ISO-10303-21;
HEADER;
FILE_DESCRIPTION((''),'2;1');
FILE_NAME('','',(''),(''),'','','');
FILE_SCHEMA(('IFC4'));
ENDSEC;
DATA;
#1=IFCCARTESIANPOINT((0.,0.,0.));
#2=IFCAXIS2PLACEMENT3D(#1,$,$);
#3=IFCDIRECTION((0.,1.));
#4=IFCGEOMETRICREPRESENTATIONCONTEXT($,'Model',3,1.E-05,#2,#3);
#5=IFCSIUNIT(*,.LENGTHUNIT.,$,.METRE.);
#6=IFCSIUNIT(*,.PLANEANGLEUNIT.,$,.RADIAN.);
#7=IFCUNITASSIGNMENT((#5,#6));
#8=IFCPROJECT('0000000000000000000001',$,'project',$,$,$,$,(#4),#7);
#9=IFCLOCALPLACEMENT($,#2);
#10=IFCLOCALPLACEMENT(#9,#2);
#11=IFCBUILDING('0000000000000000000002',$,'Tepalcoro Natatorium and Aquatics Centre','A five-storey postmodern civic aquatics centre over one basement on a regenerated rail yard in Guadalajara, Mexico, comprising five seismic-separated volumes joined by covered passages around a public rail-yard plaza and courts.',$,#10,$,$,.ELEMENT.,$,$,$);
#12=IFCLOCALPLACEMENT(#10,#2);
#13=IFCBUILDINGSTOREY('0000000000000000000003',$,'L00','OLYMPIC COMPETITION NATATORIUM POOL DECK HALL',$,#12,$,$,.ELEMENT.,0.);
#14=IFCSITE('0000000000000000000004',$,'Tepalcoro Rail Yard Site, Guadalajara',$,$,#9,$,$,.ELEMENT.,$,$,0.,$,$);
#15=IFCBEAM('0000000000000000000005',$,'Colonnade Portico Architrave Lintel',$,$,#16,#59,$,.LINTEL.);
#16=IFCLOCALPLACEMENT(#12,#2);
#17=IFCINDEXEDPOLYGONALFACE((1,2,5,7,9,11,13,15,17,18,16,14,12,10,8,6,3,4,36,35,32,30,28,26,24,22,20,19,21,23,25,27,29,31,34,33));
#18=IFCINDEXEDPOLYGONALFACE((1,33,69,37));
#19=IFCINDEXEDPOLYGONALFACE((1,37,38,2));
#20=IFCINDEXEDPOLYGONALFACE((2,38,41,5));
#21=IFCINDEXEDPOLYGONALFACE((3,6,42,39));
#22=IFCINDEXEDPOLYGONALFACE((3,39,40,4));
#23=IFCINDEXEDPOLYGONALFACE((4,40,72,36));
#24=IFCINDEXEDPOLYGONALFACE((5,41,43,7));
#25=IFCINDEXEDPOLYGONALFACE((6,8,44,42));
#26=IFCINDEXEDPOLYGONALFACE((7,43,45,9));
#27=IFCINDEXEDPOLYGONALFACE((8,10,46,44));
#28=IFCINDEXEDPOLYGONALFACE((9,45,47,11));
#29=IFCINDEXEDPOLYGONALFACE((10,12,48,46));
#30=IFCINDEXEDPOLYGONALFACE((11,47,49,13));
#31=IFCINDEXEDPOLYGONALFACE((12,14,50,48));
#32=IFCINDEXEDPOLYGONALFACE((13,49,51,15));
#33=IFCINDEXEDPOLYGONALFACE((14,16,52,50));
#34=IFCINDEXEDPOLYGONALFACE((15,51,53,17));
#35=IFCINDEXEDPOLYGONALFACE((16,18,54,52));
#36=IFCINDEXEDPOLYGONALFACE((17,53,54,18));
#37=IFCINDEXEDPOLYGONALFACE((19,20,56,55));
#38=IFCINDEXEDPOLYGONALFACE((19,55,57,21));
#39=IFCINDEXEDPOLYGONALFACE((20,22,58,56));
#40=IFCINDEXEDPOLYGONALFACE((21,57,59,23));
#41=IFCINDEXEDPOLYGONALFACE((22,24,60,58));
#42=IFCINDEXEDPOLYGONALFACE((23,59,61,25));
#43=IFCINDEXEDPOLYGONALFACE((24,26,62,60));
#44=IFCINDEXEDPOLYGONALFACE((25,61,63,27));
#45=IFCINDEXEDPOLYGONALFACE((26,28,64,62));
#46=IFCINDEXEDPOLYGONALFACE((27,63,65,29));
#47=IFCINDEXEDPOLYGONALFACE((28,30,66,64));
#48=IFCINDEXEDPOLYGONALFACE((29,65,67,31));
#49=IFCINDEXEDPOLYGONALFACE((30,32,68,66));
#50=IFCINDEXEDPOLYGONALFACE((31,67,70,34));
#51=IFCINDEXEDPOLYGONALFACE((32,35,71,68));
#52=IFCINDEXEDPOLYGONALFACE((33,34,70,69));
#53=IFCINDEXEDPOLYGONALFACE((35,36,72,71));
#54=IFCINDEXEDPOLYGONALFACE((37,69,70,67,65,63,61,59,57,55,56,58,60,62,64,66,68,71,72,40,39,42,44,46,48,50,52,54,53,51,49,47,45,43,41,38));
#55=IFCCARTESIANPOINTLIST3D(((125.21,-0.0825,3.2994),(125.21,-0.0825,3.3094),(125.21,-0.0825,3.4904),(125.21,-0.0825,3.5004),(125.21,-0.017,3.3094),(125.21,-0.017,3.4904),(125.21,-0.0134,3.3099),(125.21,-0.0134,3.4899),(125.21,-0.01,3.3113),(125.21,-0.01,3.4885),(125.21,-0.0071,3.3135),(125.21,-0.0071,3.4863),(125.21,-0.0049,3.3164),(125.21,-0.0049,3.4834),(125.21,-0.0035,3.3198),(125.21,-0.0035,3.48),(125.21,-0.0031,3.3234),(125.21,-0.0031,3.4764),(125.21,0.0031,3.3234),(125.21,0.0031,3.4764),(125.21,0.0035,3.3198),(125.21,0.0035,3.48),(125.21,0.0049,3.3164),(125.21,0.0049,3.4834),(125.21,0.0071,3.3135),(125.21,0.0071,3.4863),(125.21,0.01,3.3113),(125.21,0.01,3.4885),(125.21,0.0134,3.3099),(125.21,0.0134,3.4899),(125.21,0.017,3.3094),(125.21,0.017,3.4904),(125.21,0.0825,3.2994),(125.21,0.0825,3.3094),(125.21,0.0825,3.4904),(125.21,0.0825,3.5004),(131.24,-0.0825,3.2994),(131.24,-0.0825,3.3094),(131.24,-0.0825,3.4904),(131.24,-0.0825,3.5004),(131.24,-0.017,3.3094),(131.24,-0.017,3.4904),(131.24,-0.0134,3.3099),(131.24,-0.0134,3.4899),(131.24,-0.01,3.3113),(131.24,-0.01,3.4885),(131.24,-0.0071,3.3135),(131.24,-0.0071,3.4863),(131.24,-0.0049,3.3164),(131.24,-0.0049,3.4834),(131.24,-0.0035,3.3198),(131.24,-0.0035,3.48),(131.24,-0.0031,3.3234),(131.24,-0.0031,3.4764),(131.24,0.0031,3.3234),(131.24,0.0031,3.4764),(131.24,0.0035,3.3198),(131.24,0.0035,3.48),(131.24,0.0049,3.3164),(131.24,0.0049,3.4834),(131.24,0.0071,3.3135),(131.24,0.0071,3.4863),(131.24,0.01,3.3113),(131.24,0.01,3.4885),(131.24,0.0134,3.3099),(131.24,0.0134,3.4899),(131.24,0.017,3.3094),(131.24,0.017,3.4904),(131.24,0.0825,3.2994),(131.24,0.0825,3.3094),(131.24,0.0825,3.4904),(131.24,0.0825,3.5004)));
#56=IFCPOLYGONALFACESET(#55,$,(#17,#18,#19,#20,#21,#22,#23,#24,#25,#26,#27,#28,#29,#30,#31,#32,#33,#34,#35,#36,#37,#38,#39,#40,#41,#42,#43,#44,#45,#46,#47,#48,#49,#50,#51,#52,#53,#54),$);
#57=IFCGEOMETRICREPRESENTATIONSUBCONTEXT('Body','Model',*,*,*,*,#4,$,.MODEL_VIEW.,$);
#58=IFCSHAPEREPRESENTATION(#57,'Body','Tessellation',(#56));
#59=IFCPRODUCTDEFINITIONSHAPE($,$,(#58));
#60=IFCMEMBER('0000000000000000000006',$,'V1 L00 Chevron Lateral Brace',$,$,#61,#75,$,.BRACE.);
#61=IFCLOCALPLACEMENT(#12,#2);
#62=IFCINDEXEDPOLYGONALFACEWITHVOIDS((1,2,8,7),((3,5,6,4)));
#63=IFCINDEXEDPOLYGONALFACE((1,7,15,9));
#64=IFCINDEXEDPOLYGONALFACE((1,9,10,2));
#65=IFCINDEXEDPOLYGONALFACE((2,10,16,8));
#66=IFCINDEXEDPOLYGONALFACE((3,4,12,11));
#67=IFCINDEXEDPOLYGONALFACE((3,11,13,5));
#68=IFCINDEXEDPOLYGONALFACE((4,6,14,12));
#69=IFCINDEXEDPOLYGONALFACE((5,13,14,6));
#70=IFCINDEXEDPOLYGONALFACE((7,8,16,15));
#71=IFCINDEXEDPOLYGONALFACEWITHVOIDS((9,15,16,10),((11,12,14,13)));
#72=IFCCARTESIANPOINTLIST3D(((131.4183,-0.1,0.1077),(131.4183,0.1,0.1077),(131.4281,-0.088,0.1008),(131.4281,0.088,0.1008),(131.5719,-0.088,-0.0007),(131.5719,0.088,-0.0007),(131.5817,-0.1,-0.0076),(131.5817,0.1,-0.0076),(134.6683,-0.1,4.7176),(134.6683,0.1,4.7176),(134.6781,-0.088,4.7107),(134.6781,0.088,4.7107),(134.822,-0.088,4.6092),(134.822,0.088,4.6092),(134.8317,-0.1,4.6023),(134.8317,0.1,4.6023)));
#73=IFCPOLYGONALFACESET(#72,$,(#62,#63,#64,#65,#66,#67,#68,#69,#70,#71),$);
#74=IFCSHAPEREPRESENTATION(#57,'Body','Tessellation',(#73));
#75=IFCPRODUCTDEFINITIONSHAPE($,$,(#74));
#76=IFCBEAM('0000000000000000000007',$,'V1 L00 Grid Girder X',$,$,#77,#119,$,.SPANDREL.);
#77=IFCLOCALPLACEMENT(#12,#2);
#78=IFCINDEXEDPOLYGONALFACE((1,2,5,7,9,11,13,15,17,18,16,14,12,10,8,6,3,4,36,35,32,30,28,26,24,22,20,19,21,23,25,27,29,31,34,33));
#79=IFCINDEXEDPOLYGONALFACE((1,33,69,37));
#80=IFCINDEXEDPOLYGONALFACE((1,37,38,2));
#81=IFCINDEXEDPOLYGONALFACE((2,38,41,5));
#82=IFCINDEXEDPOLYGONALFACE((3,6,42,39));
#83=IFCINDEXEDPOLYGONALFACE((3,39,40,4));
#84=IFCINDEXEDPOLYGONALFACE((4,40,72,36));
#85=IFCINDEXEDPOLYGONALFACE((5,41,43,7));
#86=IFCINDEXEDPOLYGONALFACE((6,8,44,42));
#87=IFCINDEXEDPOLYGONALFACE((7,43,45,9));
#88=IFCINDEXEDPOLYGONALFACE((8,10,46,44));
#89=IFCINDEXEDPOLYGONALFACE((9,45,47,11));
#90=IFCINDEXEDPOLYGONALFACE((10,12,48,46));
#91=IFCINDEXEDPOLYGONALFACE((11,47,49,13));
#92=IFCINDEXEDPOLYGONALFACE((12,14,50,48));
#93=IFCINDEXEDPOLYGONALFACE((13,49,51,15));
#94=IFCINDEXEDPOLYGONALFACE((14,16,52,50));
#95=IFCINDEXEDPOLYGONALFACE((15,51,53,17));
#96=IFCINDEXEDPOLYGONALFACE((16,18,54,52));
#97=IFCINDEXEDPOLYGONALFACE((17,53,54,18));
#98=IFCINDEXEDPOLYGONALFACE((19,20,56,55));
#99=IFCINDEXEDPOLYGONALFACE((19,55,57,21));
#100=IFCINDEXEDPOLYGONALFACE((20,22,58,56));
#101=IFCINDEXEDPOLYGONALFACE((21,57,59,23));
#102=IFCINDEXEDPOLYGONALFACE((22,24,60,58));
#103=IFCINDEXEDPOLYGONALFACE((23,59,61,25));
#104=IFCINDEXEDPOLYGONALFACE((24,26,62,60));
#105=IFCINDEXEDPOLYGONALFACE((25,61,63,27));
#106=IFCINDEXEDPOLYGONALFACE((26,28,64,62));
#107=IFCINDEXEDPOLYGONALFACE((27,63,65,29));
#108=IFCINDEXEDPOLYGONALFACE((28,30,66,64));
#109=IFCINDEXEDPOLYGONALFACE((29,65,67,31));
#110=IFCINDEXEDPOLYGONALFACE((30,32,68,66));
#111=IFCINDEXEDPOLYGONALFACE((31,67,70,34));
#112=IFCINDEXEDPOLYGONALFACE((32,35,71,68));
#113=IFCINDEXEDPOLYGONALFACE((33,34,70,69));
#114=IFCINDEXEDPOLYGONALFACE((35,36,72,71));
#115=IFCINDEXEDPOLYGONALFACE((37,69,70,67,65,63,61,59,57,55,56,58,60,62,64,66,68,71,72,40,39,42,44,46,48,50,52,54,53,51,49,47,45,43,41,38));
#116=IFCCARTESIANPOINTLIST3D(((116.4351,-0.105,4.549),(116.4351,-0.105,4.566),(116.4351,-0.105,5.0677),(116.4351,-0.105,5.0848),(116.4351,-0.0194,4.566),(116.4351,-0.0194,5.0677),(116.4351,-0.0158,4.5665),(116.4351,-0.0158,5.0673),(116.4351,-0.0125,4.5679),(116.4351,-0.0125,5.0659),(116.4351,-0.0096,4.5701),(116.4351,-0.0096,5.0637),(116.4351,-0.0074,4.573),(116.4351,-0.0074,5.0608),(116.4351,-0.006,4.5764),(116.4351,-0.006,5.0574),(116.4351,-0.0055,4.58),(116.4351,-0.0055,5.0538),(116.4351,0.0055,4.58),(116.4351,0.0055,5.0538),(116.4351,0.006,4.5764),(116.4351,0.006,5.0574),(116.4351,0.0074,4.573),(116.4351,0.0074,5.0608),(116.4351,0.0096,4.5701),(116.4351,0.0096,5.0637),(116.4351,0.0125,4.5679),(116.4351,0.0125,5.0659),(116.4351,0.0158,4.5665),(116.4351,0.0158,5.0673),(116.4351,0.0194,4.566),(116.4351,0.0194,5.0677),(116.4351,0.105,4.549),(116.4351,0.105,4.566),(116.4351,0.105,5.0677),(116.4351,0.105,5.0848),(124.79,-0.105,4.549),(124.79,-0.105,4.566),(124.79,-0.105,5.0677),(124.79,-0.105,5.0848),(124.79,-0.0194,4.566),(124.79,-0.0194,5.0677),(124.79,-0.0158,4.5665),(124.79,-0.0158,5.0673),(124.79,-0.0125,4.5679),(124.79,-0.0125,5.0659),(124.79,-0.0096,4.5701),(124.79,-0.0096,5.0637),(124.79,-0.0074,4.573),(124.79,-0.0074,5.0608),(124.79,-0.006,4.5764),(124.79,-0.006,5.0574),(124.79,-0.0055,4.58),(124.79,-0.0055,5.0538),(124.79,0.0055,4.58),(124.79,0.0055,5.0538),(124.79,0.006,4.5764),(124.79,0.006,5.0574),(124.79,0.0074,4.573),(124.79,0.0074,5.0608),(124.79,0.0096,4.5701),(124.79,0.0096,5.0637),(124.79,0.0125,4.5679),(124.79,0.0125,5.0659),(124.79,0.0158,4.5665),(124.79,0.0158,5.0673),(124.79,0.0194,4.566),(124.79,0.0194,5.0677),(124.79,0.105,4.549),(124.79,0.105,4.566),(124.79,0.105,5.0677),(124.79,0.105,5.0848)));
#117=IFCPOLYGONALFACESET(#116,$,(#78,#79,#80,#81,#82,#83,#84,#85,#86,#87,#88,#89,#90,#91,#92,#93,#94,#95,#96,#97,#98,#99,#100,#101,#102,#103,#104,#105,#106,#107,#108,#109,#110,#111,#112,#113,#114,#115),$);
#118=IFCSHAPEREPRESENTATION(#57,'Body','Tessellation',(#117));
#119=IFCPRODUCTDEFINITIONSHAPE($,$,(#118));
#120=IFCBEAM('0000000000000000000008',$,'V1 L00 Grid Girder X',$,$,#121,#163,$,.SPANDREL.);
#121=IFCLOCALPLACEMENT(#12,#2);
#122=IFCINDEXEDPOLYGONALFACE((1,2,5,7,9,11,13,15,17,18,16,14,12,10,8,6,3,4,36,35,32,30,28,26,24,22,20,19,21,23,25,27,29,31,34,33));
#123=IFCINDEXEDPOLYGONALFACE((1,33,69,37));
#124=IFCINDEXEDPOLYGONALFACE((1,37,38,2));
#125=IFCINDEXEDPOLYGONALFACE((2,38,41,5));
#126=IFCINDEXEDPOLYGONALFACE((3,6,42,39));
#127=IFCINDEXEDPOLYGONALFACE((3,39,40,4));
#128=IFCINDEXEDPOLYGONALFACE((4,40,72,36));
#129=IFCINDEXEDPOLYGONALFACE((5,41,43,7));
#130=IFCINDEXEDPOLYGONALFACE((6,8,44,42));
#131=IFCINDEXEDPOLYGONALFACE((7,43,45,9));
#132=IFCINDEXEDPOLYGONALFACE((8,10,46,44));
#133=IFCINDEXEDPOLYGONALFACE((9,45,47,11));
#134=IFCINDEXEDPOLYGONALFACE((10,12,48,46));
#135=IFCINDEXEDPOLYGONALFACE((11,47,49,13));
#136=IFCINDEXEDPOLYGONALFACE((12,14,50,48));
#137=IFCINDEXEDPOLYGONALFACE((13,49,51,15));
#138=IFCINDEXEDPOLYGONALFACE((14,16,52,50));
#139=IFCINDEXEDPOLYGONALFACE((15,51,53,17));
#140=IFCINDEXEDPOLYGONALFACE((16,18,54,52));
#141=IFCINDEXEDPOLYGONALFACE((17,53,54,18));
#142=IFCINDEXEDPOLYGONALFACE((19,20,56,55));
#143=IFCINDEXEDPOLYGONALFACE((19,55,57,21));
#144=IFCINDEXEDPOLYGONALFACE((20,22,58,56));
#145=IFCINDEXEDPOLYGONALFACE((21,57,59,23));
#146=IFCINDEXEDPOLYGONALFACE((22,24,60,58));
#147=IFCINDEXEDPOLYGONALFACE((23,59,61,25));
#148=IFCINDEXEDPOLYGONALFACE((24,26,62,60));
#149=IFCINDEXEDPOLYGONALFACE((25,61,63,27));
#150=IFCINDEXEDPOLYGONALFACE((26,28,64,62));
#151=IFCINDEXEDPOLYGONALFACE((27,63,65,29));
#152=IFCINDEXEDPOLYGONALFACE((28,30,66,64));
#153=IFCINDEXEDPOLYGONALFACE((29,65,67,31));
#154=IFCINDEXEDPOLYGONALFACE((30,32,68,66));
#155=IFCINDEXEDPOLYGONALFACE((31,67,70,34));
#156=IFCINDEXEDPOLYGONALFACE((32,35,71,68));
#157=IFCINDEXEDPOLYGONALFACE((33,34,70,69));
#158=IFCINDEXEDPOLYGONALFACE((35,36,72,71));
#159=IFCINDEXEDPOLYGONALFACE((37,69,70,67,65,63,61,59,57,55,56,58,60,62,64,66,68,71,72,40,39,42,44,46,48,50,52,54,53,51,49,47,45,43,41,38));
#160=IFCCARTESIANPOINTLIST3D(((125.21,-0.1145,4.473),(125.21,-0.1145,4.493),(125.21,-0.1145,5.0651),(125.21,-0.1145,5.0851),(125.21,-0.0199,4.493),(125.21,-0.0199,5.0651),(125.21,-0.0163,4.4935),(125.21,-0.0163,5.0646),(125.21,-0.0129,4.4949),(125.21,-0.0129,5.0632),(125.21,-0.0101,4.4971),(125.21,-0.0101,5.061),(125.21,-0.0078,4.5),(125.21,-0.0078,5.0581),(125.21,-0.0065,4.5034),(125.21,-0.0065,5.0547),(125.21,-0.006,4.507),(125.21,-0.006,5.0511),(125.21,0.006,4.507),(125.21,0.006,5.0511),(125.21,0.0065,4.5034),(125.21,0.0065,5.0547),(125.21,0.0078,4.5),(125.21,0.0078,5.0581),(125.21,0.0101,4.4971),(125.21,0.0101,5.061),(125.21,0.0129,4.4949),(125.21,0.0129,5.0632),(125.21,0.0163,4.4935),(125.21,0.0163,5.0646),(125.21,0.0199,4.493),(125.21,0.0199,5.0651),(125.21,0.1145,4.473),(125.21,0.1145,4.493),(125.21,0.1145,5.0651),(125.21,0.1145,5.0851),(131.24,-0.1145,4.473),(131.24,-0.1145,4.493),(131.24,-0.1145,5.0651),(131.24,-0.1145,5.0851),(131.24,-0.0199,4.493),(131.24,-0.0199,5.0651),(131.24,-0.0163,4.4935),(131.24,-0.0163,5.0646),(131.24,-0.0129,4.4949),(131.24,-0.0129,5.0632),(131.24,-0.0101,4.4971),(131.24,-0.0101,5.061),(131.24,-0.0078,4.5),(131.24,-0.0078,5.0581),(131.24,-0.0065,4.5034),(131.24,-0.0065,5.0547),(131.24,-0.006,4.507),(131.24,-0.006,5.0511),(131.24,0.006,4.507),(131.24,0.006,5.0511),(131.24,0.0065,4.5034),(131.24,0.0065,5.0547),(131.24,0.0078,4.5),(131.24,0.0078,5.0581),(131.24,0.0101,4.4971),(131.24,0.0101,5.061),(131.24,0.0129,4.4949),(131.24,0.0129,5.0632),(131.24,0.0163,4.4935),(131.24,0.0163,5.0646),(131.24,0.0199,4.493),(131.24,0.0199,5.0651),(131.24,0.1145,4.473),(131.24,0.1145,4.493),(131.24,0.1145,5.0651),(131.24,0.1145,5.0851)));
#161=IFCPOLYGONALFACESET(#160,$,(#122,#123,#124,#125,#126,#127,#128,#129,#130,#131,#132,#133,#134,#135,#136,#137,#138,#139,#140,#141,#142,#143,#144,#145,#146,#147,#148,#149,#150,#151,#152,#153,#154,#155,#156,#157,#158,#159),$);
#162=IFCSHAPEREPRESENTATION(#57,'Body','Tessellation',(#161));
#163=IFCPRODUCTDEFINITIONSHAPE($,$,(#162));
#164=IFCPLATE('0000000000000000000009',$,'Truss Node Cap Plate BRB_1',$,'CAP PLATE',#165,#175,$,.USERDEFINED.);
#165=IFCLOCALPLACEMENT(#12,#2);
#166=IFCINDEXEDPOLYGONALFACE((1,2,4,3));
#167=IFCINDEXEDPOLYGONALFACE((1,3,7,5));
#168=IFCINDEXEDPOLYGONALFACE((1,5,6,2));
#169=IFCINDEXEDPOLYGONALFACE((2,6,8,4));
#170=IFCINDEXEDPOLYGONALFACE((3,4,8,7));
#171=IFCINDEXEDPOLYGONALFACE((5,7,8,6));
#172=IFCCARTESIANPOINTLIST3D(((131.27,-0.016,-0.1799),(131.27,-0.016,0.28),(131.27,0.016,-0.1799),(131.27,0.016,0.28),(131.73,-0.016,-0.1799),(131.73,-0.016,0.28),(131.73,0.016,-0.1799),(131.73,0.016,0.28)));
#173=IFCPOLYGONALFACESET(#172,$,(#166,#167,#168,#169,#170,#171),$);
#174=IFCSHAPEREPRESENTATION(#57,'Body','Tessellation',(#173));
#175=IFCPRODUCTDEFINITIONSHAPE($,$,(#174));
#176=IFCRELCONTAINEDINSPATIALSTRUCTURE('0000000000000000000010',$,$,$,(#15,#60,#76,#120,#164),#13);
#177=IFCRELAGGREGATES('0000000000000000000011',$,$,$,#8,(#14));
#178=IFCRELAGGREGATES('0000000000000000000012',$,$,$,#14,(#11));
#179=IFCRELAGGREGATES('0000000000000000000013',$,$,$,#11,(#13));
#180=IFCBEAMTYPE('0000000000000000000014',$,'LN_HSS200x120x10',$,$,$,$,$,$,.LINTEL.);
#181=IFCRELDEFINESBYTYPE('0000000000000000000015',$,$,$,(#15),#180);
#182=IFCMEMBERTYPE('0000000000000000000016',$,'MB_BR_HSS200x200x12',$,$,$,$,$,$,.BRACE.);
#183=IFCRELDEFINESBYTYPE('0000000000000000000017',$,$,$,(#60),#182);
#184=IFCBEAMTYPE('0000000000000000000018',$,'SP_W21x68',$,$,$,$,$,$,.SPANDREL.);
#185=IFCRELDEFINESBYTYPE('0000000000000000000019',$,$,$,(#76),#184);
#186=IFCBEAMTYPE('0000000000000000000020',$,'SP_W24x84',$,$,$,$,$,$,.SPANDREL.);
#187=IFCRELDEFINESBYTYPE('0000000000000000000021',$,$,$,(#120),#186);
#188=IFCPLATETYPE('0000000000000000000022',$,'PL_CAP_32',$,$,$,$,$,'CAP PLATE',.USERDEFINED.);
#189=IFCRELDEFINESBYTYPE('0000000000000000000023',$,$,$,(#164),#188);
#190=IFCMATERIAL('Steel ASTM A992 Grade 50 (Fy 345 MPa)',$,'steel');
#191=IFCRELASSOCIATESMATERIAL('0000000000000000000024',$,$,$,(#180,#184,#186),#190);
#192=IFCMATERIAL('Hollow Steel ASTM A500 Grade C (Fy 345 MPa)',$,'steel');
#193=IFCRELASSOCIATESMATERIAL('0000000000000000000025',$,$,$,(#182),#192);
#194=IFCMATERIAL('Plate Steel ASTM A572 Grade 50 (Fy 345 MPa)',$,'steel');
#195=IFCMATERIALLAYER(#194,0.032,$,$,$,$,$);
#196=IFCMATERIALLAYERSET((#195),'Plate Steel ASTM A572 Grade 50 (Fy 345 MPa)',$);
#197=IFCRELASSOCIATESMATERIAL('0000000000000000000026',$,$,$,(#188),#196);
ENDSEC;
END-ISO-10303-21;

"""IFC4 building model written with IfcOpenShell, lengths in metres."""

from ifc_helpers import new_model, si_unit, direction, frame, origin, origin_2d, place, context, subcontext, project, spatial, rectangle, hollow_rectangle, i_section, extrude, material, layer, layer_set, material_profile, profile_set, type_object, element, save


model = new_model("IFC4")

# Units and contexts
model_context = context("Model", 3, precision=1e-05, world=origin(), true_north=direction((0.0, 1.0)))
body_context = subcontext(model_context, "Body", "Model", "MODEL_VIEW")
ifc_project = project(units=[si_unit("LENGTHUNIT", "METRE"), si_unit("PLANEANGLEUNIT", "RADIAN")], contexts=[model_context])

# Site, building, storey
site_placement = place(None, origin())
site = spatial("IfcSite", under=ifc_project, at=site_placement, Name="Tepalcoro Rail Yard Site, Guadalajara", CompositionType="ELEMENT", RefElevation=0.0)
building_placement = place(site_placement, origin())
building = spatial("IfcBuilding", under=site, at=building_placement, Name="Tepalcoro Natatorium and Aquatics Centre", Description="A five-storey postmodern civic aquatics centre over one basement on a regenerated rail yard in Guadalajara, Mexico, comprising five seismic-separated volumes joined by covered passages around a public rail-yard plaza and courts.", CompositionType="ELEMENT")
storey_placement = place(building_placement, origin())
storey = spatial("IfcBuildingStorey", under=building, at=storey_placement, Name="L00", Description="OLYMPIC COMPETITION NATATORIUM POOL DECK HALL", CompositionType="ELEMENT", Elevation=0.0)

# Beam
ifc_material_1 = material(Name="Steel ASTM A992 Grade 50 (Fy 345 MPa)", Category="steel")
ifc_material_profile_1 = material_profile(ifc_material_1, i_section(OverallWidth=0.165, OverallDepth=0.2009, WebThickness=0.0061, FlangeThickness=0.01, FilletRadius=0.0139, at=origin_2d()), Name="W8X24")
ifc_profile_set_1 = profile_set([ifc_material_profile_1], Name="Steel ASTM A992 Grade 50 (Fy 345 MPa)")
beam_type_1 = type_object("IfcBeamType", Name="LN_HSS200x120x10", PredefinedType="LINTEL", material=ifc_profile_set_1)
beam_1_placement = place(storey_placement, frame((125.21, 0.0, 3.3999), z_axis=(1.0, 0.0, 0.0), x_axis=(0.0, 1.0, 0.0)))
element("IfcBeam", 1, at=beam_1_placement, inside=storey, type_object=beam_type_1, Name="Colonnade Portico Architrave Lintel", PredefinedType="LINTEL", context=body_context, shape_type="SweptSolid", body=[
    extrude(i_section(OverallWidth=0.165, OverallDepth=0.2009, WebThickness=0.0061, FlangeThickness=0.01, FilletRadius=0.0139, at=origin_2d()), origin(), (0.0, 0.0, 1.0), 6.03),
])

# Member
ifc_material_2 = material(Name="Hollow Steel ASTM A500 Grade C (Fy 345 MPa)", Category="steel")
ifc_material_profile_2 = material_profile(ifc_material_2, hollow_rectangle(XDim=0.2, YDim=0.2, WallThickness=0.012, at=origin_2d()), Name="HSS200X200X12")
ifc_profile_set_2 = profile_set([ifc_material_profile_2], Name="Hollow Steel ASTM A500 Grade C (Fy 345 MPa)")
member_type = type_object("IfcMemberType", Name="MB_BR_HSS200x200x12", PredefinedType="BRACE", material=ifc_profile_set_2)
member_placement = place(storey_placement, frame((131.5, 0.0, 0.05), z_axis=(0.576207, 0.0, 0.817304), x_axis=(0.0, 1.0, 0.0)))
element("IfcMember", 2, at=member_placement, inside=storey, type_object=member_type, Name="V1 L00 Chevron Lateral Brace", PredefinedType="BRACE", context=body_context, shape_type="SweptSolid", body=[
    extrude(hollow_rectangle(XDim=0.2, YDim=0.2, WallThickness=0.012, at=origin_2d()), origin(), (0.0, 0.0, 1.0), 5.6404),
])

# Beams
ifc_material_profile_3 = material_profile(ifc_material_1, i_section(OverallWidth=0.21, OverallDepth=0.5359, WebThickness=0.011, FlangeThickness=0.0171, FilletRadius=0.0139, at=origin_2d()), Name="W21X68")
ifc_profile_set_3 = profile_set([ifc_material_profile_3], Name="Steel ASTM A992 Grade 50 (Fy 345 MPa)")
beam_type_2 = type_object("IfcBeamType", Name="SP_W21x68", PredefinedType="SPANDREL", material=ifc_profile_set_3)
beam_2_placement = place(storey_placement, frame((116.4351, 0.0, 4.8169), z_axis=(1.0, 0.0, 0.0), x_axis=(0.0, 1.0, 0.0)))
element("IfcBeam", 3, at=beam_2_placement, inside=storey, type_object=beam_type_2, Name="V1 L00 Grid Girder X", PredefinedType="SPANDREL", context=body_context, shape_type="SweptSolid", body=[
    extrude(i_section(OverallWidth=0.21, OverallDepth=0.5359, WebThickness=0.011, FlangeThickness=0.0171, FilletRadius=0.0139, at=origin_2d()), origin(), (0.0, 0.0, 1.0), 8.355),
])
ifc_material_profile_4 = material_profile(ifc_material_1, i_section(OverallWidth=0.229, OverallDepth=0.6121, WebThickness=0.012, FlangeThickness=0.02, FilletRadius=0.0139, at=origin_2d()), Name="W24X84")
ifc_profile_set_4 = profile_set([ifc_material_profile_4], Name="Steel ASTM A992 Grade 50 (Fy 345 MPa)")
beam_type_3 = type_object("IfcBeamType", Name="SP_W24x84", PredefinedType="SPANDREL", material=ifc_profile_set_4)
beam_3_placement = place(storey_placement, frame((125.21, 0.0, 4.7791), z_axis=(1.0, 0.0, 0.0), x_axis=(0.0, 1.0, 0.0)))
element("IfcBeam", 4, at=beam_3_placement, inside=storey, type_object=beam_type_3, Name="V1 L00 Grid Girder X", PredefinedType="SPANDREL", context=body_context, shape_type="SweptSolid", body=[
    extrude(i_section(OverallWidth=0.229, OverallDepth=0.6121, WebThickness=0.012, FlangeThickness=0.02, FilletRadius=0.0139, at=origin_2d()), origin(), (0.0, 0.0, 1.0), 6.03),
])

# Plate
ifc_material_3 = material(Name="Plate Steel ASTM A572 Grade 50 (Fy 345 MPa)", Category="steel")
ifc_layer_1 = layer(ifc_material_3, 0.032)
ifc_layer_set_1 = layer_set([ifc_layer_1], Name="Plate Steel ASTM A572 Grade 50 (Fy 345 MPa)")
plate_type = type_object("IfcPlateType", Name="PL_CAP_32", ElementType="CAP PLATE", PredefinedType="USERDEFINED", material=ifc_layer_set_1)
plate_placement = place(storey_placement, frame((131.5, 0.0, -0.1799), z_axis=(0.0, 0.0, 1.0), x_axis=(1.0, 0.0, 0.0)))
element("IfcPlate", 5, at=plate_placement, inside=storey, type_object=plate_type, Name="Truss Node Cap Plate BRB_1", ObjectType="CAP PLATE", PredefinedType="USERDEFINED", context=body_context, shape_type="SweptSolid", body=[
    extrude(rectangle(XDim=0.46, YDim=0.032, at=origin_2d()), origin(), (0.0, 0.0, 1.0), 0.46),
])

save(model, "model.ifc")
